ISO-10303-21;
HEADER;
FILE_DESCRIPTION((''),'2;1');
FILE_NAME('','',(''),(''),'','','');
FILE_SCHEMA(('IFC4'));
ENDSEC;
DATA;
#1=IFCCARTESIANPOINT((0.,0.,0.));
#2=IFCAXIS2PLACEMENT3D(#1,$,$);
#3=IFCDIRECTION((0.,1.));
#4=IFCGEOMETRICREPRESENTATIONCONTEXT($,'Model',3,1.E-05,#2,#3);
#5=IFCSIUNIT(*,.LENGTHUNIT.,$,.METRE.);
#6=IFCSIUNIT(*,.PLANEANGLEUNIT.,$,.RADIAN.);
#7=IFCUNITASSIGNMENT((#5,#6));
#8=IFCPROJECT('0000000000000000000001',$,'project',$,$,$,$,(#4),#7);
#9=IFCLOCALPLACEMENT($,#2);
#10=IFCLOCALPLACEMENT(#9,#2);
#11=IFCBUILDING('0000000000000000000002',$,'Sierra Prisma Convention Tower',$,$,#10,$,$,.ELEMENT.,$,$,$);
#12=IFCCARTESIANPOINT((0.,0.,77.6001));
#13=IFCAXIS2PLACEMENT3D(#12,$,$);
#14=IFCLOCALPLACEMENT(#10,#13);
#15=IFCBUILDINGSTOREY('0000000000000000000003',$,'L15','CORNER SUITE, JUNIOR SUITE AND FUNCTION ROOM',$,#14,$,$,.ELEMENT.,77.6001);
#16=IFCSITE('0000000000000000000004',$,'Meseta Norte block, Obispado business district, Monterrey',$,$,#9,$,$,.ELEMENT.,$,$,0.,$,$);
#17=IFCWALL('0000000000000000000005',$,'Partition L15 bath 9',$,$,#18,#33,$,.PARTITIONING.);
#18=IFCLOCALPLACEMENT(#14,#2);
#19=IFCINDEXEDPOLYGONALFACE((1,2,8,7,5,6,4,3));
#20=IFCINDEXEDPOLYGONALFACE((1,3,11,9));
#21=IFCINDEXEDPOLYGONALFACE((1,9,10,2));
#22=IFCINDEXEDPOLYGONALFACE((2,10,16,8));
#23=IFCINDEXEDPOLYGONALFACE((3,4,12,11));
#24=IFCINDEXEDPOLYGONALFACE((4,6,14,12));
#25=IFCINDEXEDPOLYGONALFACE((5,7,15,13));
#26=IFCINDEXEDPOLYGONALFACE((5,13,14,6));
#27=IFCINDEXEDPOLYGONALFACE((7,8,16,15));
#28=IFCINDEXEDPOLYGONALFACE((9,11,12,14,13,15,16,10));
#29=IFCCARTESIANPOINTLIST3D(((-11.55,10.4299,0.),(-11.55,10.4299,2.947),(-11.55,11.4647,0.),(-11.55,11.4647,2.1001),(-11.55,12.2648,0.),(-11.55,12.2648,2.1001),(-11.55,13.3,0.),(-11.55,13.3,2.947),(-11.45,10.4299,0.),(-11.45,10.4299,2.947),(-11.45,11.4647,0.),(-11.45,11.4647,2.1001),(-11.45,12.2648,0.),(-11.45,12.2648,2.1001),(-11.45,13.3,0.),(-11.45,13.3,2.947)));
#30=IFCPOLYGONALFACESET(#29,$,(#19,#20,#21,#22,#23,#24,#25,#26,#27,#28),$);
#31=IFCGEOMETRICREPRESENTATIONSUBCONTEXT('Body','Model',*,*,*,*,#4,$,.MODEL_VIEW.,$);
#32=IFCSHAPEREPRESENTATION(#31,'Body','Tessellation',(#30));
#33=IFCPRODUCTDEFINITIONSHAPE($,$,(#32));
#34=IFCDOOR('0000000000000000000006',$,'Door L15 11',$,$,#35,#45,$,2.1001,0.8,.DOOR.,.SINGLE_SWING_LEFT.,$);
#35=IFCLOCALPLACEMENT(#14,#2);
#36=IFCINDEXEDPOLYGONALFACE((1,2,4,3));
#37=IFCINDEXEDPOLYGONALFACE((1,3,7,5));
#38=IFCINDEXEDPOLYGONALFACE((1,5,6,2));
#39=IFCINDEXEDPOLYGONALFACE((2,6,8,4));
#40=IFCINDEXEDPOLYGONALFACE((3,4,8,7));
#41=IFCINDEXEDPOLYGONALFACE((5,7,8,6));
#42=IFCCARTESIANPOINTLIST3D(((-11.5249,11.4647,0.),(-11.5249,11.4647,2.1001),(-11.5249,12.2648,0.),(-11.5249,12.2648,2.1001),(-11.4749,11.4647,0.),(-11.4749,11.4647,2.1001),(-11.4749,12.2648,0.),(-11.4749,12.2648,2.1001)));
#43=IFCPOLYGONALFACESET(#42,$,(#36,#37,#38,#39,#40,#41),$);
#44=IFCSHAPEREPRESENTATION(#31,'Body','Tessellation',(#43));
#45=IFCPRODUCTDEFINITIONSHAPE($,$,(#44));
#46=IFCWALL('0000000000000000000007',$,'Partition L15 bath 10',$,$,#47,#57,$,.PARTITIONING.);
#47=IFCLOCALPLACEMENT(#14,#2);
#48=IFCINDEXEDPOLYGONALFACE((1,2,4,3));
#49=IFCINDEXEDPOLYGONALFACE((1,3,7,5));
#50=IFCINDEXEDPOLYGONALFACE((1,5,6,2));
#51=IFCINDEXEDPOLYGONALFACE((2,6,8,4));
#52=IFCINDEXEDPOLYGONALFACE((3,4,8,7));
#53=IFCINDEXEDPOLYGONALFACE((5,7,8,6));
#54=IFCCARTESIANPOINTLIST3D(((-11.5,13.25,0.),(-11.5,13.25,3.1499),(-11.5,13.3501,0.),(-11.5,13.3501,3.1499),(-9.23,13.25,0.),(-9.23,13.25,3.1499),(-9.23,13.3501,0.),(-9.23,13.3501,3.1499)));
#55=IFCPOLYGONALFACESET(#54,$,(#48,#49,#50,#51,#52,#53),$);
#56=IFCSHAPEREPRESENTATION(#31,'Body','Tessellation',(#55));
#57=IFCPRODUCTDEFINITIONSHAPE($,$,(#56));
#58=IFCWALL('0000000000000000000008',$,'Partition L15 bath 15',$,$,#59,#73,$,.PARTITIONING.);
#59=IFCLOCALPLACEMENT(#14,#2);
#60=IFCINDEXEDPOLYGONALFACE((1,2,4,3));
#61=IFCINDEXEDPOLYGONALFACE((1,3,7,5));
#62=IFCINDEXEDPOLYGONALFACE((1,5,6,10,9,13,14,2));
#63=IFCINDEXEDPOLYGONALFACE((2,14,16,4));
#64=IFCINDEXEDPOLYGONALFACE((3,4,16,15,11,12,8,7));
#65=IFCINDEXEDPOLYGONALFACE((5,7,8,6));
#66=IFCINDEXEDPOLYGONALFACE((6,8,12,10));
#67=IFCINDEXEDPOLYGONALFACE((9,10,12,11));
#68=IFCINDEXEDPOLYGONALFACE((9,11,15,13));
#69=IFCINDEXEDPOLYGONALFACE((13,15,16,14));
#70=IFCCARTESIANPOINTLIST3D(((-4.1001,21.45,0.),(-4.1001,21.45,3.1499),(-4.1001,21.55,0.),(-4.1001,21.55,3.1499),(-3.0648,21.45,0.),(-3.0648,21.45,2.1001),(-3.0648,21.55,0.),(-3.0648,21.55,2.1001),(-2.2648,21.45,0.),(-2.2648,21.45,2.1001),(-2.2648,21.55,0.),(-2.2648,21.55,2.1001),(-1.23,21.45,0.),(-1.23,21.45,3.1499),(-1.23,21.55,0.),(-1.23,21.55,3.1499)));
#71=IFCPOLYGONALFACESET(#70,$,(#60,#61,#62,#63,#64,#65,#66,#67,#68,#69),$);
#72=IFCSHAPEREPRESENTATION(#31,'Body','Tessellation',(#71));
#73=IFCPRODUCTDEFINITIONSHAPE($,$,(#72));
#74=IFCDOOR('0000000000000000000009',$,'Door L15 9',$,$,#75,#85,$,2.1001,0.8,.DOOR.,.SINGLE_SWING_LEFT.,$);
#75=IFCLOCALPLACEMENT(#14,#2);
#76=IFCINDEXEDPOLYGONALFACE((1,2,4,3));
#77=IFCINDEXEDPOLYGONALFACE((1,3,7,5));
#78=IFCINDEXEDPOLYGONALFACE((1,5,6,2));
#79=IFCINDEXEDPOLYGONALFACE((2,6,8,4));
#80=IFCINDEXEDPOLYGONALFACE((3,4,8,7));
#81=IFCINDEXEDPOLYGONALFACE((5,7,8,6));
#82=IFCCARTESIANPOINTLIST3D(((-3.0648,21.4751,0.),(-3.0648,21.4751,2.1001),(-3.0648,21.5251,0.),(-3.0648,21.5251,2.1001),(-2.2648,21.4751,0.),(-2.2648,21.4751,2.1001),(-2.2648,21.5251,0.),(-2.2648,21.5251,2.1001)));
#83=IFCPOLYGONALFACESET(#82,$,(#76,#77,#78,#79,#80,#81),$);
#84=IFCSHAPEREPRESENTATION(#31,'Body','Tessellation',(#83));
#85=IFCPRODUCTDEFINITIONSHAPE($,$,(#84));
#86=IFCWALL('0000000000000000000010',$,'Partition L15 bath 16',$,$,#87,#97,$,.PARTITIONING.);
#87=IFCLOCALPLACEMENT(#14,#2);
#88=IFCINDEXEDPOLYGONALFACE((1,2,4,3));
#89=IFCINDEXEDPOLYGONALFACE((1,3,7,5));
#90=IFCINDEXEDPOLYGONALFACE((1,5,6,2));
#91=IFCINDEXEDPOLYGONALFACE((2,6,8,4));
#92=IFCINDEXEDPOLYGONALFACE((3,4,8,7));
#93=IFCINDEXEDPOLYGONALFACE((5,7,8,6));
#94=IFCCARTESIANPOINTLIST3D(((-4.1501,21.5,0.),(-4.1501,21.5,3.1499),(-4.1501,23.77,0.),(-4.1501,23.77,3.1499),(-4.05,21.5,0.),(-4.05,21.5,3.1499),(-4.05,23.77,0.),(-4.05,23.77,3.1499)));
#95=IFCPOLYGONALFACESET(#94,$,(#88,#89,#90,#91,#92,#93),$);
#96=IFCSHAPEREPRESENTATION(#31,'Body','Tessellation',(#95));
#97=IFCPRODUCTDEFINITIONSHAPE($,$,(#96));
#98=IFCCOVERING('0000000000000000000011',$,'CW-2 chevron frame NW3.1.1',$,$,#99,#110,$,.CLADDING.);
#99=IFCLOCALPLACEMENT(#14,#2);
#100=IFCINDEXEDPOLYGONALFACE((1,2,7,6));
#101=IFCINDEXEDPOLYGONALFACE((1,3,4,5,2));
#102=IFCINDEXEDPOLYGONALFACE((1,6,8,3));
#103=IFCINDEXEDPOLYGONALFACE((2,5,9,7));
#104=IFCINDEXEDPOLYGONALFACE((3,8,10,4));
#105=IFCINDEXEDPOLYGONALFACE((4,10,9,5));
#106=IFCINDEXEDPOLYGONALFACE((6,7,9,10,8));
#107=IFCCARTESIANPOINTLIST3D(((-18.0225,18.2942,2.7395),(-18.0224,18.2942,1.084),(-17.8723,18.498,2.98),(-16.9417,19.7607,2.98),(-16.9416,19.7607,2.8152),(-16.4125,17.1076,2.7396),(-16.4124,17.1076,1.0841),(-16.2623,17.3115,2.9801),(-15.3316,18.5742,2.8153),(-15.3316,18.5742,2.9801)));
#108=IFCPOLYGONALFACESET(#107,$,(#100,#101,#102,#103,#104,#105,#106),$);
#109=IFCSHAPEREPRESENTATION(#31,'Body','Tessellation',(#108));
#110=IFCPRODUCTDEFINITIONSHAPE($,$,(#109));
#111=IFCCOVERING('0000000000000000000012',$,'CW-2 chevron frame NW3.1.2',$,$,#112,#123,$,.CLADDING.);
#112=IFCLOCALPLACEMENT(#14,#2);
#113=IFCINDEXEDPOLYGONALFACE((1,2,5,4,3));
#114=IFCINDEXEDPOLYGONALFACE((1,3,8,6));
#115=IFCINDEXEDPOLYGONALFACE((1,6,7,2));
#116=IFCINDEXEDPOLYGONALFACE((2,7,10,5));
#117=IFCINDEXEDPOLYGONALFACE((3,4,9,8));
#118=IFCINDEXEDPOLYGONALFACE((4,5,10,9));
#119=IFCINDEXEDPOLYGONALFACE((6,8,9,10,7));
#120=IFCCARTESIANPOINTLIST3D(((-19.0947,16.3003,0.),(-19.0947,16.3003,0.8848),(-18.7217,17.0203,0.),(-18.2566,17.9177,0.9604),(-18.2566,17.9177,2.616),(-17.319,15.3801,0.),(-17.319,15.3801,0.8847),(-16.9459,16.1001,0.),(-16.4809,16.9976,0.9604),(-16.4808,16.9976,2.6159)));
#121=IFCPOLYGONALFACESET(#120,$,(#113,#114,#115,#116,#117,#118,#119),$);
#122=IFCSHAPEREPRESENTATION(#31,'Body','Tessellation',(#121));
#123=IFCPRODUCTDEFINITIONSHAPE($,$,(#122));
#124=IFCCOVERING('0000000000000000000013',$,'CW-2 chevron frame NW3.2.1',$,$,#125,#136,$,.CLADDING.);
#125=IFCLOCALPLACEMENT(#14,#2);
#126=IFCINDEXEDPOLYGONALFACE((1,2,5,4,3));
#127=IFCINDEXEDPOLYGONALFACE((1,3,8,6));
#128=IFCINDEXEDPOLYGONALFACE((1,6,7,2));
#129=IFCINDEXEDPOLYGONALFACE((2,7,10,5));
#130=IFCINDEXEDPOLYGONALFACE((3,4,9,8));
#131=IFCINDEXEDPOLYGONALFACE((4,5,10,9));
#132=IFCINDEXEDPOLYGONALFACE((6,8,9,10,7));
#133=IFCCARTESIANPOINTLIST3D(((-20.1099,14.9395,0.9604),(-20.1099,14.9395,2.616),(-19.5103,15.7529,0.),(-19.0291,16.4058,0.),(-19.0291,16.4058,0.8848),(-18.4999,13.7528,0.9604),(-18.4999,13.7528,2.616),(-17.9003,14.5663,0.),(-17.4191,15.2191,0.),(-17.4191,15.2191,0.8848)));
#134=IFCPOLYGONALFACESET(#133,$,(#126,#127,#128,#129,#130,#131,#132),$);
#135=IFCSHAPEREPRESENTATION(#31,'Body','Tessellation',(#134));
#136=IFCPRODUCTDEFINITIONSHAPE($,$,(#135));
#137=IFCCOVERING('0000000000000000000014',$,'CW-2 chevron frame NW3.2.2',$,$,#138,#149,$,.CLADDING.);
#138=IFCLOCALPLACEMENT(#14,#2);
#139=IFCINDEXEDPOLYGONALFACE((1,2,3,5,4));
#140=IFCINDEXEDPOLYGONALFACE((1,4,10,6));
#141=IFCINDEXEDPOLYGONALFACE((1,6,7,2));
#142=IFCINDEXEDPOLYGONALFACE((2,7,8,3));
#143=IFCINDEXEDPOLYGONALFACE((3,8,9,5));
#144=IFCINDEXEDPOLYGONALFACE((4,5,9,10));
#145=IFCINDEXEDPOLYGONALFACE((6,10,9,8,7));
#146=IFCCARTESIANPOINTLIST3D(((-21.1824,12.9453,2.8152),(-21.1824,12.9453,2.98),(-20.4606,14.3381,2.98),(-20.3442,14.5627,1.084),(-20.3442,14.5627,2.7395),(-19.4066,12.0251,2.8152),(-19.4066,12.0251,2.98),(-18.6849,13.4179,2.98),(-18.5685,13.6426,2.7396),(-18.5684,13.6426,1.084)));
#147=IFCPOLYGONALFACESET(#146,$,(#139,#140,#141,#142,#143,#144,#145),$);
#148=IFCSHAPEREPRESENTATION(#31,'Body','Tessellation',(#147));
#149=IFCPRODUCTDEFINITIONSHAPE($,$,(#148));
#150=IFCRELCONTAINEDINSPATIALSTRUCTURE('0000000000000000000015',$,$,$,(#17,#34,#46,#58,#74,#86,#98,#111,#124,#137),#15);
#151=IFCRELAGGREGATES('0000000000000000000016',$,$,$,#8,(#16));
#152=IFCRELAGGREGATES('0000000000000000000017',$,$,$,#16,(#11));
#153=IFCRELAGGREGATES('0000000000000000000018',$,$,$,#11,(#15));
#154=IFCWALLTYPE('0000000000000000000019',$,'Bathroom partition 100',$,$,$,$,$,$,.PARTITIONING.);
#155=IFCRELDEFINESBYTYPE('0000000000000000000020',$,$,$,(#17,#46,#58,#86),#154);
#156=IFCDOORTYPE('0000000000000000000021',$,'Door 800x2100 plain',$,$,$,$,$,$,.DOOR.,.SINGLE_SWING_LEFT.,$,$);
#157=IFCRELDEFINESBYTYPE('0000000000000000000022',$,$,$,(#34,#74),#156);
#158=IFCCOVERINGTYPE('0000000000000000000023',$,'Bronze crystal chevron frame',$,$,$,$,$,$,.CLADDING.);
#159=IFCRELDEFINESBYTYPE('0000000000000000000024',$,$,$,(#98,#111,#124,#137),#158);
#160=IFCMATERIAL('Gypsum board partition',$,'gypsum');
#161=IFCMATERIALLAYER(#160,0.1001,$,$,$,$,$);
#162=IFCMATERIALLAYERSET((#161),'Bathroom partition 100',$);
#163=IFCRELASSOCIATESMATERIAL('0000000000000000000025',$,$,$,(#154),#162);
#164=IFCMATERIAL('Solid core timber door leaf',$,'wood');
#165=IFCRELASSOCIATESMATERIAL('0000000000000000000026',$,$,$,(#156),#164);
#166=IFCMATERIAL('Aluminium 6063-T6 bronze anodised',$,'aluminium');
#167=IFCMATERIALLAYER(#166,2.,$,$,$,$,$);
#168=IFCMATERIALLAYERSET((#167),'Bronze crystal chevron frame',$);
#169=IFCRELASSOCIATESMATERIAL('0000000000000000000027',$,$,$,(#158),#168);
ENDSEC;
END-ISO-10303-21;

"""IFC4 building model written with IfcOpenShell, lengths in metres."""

from ifc_helpers import new_model, si_unit, direction, frame, frame_2d, origin, place, context, subcontext, project, spatial, polyline, rectangle, outline, extrude, material, layer, layer_set, type_object, element, fill, save


model = new_model("IFC4")

# Units and contexts
model_context = context("Model", 3, precision=1e-05, world=origin(), true_north=direction((0.0, 1.0)))
body_context = subcontext(model_context, "Body", "Model", "MODEL_VIEW")
ifc_project = project(units=[si_unit("LENGTHUNIT", "METRE"), si_unit("PLANEANGLEUNIT", "RADIAN")], contexts=[model_context])

# Site, building, storey
site_placement = place(None, origin())
site = spatial("IfcSite", under=ifc_project, at=site_placement, Name="Meseta Norte block, Obispado business district, Monterrey", CompositionType="ELEMENT", RefElevation=0.0)
building_placement = place(site_placement, origin())
building = spatial("IfcBuilding", under=site, at=building_placement, Name="Sierra Prisma Convention Tower", CompositionType="ELEMENT")
storey_placement = place(building_placement, frame((0.0, 0.0, 77.6001)))
storey = spatial("IfcBuildingStorey", under=building, at=storey_placement, Name="L15", Description="CORNER SUITE, JUNIOR SUITE AND FUNCTION ROOM", CompositionType="ELEMENT", Elevation=77.6001)

# Wall, opening, door
ifc_material_1 = material(Name="Gypsum board partition", Category="gypsum")
ifc_layer_1 = layer(ifc_material_1, 0.1001)
ifc_layer_set_1 = layer_set([ifc_layer_1], Name="Bathroom partition 100")
wall_type = type_object("IfcWallType", Name="Bathroom partition 100", PredefinedType="PARTITIONING", material=ifc_layer_set_1)
wall_1_placement = place(storey_placement, frame((-11.5, 10.4299, 0.0), z_axis=(0.0, 0.0, 1.0), x_axis=(0.0, 1.0, 0.0)))
wall_1 = element("IfcWall", 1, at=wall_1_placement, inside=storey, type_object=wall_type, Name="Partition L15 bath 9", PredefinedType="PARTITIONING", context=body_context, shape_type="SweptSolid", body=[
    extrude(rectangle(XDim=2.8701, YDim=0.1001, at=frame_2d((1.4351, 0.0))), origin(), (0.0, 0.0, 1.0), 2.947),
])
opening_1_placement = place(wall_1_placement, frame((1.0349, 0.0, 0.0)))
opening_1 = element("IfcOpeningElement", 2, at=opening_1_placement, cuts=wall_1, PredefinedType="OPENING", context=body_context, shape_type="SweptSolid", body=[
    extrude(rectangle(XDim=0.8, YDim=2.1001, at=frame_2d((0.3999, 1.05))), frame((0.0, 0.05, 0.0), z_axis=(0.0, -1.0, 0.0), x_axis=(1.0, 0.0, 0.0)), (0.0, 0.0, 1.0), 0.1001),
])
ifc_material_2 = material(Name="Solid core timber door leaf", Category="wood")
door_type = type_object("IfcDoorType", Name="Door 800x2100 plain", OperationType="SINGLE_SWING_LEFT", PredefinedType="DOOR", material=ifc_material_2)
door_1_placement = place(opening_1_placement, origin())
door_1 = element("IfcDoor", 3, at=door_1_placement, inside=storey, type_object=door_type, Name="Door L15 11", OperationType="SINGLE_SWING_LEFT", OverallHeight=2.1001, OverallWidth=0.8, PredefinedType="DOOR", context=body_context, shape_type="SweptSolid", body=[
    extrude(rectangle(XDim=0.8, YDim=2.1001, at=frame_2d((0.3999, 1.05))), frame((0.0, 0.0249, 0.0), z_axis=(0.0, -1.0, 0.0), x_axis=(1.0, 0.0, 0.0)), (0.0, 0.0, 1.0), 0.05),
])
fill(opening_1, door_1)

# Wall
wall_2_placement = place(storey_placement, frame((-11.5, 13.3, 0.0), z_axis=(0.0, 0.0, 1.0), x_axis=(1.0, 0.0, 0.0)))
element("IfcWall", 4, at=wall_2_placement, inside=storey, type_object=wall_type, Name="Partition L15 bath 10", PredefinedType="PARTITIONING", context=body_context, shape_type="SweptSolid", body=[
    extrude(rectangle(XDim=2.27, YDim=0.1001, at=frame_2d((1.135, 0.0))), origin(), (0.0, 0.0, 1.0), 3.1499),
])

# Wall, opening, door
wall_3_placement = place(storey_placement, frame((-1.23, 21.5, 0.0), z_axis=(0.0, 0.0, 1.0), x_axis=(-1.0, 0.0, 0.0)))
wall_3 = element("IfcWall", 5, at=wall_3_placement, inside=storey, type_object=wall_type, Name="Partition L15 bath 15", PredefinedType="PARTITIONING", context=body_context, shape_type="SweptSolid", body=[
    extrude(rectangle(XDim=2.8701, YDim=0.1001, at=frame_2d((1.4351, 0.0))), origin(), (0.0, 0.0, 1.0), 3.1499),
])
opening_2_placement = place(wall_3_placement, frame((1.0349, 0.0, 0.0)))
opening_2 = element("IfcOpeningElement", 6, at=opening_2_placement, cuts=wall_3, PredefinedType="OPENING", context=body_context, shape_type="SweptSolid", body=[
    extrude(rectangle(XDim=0.8, YDim=2.1001, at=frame_2d((0.3999, 1.05))), frame((0.0, 0.05, 0.0), z_axis=(0.0, -1.0, 0.0), x_axis=(1.0, 0.0, 0.0)), (0.0, 0.0, 1.0), 0.1001),
])
door_2_placement = place(opening_2_placement, origin())
door_2 = element("IfcDoor", 7, at=door_2_placement, inside=storey, type_object=door_type, Name="Door L15 9", OperationType="SINGLE_SWING_LEFT", OverallHeight=2.1001, OverallWidth=0.8, PredefinedType="DOOR", context=body_context, shape_type="SweptSolid", body=[
    extrude(rectangle(XDim=0.8, YDim=2.1001, at=frame_2d((0.3999, 1.05))), frame((0.0, 0.0249, 0.0), z_axis=(0.0, -1.0, 0.0), x_axis=(1.0, 0.0, 0.0)), (0.0, 0.0, 1.0), 0.05),
])
fill(opening_2, door_2)

# Wall
wall_4_placement = place(storey_placement, frame((-4.1001, 21.5, 0.0), z_axis=(0.0, 0.0, 1.0), x_axis=(0.0, 1.0, 0.0)))
element("IfcWall", 8, at=wall_4_placement, inside=storey, type_object=wall_type, Name="Partition L15 bath 16", PredefinedType="PARTITIONING", context=body_context, shape_type="SweptSolid", body=[
    extrude(rectangle(XDim=2.27, YDim=0.1001, at=frame_2d((1.135, 0.0))), origin(), (0.0, 0.0, 1.0), 3.1499),
])

# Coverings
ifc_material_3 = material(Name="Aluminium 6063-T6 bronze anodised", Category="aluminium")
ifc_layer_2 = layer(ifc_material_3, 2.0)
ifc_layer_set_2 = layer_set([ifc_layer_2], Name="Bronze crystal chevron frame")
covering_type = type_object("IfcCoveringType", Name="Bronze crystal chevron frame", PredefinedType="CLADDING", material=ifc_layer_set_2)
covering_1_placement = place(storey_placement, frame((-16.9417, 19.7607, 2.98), z_axis=(-0.805002, 0.593271, -0.000036), x_axis=(0.000029, -0.000021, -1.0)))
element("IfcCovering", 9, at=covering_1_placement, inside=storey, type_object=covering_type, Name="CW-2 chevron frame NW3.1.1", PredefinedType="CLADDING", context=body_context, shape_type="SweptSolid", body=[
    extrude(outline(polyline([(0.0, 0.0), (0.1648, 0.0), (1.896, 1.8218), (0.2405, 1.8218), (0.0, 1.5686), (0.0, 0.0)])), origin(), (0.0, 0.0, -1.0), 2.0),
])
covering_2_placement = place(storey_placement, frame((-18.2566, 17.9177, 2.616), z_axis=(-0.887877, 0.460082, 0.00001), x_axis=(-0.000009, 0.000005, -1.0)))
element("IfcCovering", 10, at=covering_2_placement, inside=storey, type_object=covering_type, Name="CW-2 chevron frame NW3.1.2", PredefinedType="CLADDING", context=body_context, shape_type="SweptSolid", body=[
    extrude(outline(polyline([(0.0, 0.0), (1.6555, 0.0), (2.616, 1.0108), (2.616, 1.8217), (1.7312, 1.8217), (0.0, 0.0)])), origin(), (0.0, 0.0, -1.0), 2.0),
])
covering_3_placement = place(storey_placement, frame((-19.0291, 16.4058, 0.0), z_axis=(-0.804958, 0.593332, 0.0), x_axis=(-0.593332, -0.804958, 0.0)))
element("IfcCovering", 11, at=covering_3_placement, inside=storey, type_object=covering_type, Name="CW-2 chevron frame NW3.2.1", PredefinedType="CLADDING", context=body_context, shape_type="SweptSolid", body=[
    extrude(outline(polyline([(0.0, 0.0), (0.811, 0.0), (1.8216, 0.9604), (1.8216, 2.616), (0.0, 0.8848), (0.0, 0.0)])), origin(), (0.0, 0.0, -1.0), 2.0),
])
covering_4_placement = place(storey_placement, frame((-21.1824, 12.9453, 2.98), z_axis=(-0.887876, 0.460083, -0.000028), x_axis=(0.460083, 0.887876, 0.0)))
element("IfcCovering", 12, at=covering_4_placement, inside=storey, type_object=covering_type, Name="CW-2 chevron frame NW3.2.2", PredefinedType="CLADDING", context=body_context, shape_type="SweptSolid", body=[
    extrude(outline(polyline([(0.0, 0.0), (1.5687, 0.0), (1.8217, 0.2405), (1.8217, 1.896), (0.0, 0.1648), (0.0, 0.0)])), origin(), (0.0, 0.0, -1.0), 2.0),
])

save(model, "model.ifc")
